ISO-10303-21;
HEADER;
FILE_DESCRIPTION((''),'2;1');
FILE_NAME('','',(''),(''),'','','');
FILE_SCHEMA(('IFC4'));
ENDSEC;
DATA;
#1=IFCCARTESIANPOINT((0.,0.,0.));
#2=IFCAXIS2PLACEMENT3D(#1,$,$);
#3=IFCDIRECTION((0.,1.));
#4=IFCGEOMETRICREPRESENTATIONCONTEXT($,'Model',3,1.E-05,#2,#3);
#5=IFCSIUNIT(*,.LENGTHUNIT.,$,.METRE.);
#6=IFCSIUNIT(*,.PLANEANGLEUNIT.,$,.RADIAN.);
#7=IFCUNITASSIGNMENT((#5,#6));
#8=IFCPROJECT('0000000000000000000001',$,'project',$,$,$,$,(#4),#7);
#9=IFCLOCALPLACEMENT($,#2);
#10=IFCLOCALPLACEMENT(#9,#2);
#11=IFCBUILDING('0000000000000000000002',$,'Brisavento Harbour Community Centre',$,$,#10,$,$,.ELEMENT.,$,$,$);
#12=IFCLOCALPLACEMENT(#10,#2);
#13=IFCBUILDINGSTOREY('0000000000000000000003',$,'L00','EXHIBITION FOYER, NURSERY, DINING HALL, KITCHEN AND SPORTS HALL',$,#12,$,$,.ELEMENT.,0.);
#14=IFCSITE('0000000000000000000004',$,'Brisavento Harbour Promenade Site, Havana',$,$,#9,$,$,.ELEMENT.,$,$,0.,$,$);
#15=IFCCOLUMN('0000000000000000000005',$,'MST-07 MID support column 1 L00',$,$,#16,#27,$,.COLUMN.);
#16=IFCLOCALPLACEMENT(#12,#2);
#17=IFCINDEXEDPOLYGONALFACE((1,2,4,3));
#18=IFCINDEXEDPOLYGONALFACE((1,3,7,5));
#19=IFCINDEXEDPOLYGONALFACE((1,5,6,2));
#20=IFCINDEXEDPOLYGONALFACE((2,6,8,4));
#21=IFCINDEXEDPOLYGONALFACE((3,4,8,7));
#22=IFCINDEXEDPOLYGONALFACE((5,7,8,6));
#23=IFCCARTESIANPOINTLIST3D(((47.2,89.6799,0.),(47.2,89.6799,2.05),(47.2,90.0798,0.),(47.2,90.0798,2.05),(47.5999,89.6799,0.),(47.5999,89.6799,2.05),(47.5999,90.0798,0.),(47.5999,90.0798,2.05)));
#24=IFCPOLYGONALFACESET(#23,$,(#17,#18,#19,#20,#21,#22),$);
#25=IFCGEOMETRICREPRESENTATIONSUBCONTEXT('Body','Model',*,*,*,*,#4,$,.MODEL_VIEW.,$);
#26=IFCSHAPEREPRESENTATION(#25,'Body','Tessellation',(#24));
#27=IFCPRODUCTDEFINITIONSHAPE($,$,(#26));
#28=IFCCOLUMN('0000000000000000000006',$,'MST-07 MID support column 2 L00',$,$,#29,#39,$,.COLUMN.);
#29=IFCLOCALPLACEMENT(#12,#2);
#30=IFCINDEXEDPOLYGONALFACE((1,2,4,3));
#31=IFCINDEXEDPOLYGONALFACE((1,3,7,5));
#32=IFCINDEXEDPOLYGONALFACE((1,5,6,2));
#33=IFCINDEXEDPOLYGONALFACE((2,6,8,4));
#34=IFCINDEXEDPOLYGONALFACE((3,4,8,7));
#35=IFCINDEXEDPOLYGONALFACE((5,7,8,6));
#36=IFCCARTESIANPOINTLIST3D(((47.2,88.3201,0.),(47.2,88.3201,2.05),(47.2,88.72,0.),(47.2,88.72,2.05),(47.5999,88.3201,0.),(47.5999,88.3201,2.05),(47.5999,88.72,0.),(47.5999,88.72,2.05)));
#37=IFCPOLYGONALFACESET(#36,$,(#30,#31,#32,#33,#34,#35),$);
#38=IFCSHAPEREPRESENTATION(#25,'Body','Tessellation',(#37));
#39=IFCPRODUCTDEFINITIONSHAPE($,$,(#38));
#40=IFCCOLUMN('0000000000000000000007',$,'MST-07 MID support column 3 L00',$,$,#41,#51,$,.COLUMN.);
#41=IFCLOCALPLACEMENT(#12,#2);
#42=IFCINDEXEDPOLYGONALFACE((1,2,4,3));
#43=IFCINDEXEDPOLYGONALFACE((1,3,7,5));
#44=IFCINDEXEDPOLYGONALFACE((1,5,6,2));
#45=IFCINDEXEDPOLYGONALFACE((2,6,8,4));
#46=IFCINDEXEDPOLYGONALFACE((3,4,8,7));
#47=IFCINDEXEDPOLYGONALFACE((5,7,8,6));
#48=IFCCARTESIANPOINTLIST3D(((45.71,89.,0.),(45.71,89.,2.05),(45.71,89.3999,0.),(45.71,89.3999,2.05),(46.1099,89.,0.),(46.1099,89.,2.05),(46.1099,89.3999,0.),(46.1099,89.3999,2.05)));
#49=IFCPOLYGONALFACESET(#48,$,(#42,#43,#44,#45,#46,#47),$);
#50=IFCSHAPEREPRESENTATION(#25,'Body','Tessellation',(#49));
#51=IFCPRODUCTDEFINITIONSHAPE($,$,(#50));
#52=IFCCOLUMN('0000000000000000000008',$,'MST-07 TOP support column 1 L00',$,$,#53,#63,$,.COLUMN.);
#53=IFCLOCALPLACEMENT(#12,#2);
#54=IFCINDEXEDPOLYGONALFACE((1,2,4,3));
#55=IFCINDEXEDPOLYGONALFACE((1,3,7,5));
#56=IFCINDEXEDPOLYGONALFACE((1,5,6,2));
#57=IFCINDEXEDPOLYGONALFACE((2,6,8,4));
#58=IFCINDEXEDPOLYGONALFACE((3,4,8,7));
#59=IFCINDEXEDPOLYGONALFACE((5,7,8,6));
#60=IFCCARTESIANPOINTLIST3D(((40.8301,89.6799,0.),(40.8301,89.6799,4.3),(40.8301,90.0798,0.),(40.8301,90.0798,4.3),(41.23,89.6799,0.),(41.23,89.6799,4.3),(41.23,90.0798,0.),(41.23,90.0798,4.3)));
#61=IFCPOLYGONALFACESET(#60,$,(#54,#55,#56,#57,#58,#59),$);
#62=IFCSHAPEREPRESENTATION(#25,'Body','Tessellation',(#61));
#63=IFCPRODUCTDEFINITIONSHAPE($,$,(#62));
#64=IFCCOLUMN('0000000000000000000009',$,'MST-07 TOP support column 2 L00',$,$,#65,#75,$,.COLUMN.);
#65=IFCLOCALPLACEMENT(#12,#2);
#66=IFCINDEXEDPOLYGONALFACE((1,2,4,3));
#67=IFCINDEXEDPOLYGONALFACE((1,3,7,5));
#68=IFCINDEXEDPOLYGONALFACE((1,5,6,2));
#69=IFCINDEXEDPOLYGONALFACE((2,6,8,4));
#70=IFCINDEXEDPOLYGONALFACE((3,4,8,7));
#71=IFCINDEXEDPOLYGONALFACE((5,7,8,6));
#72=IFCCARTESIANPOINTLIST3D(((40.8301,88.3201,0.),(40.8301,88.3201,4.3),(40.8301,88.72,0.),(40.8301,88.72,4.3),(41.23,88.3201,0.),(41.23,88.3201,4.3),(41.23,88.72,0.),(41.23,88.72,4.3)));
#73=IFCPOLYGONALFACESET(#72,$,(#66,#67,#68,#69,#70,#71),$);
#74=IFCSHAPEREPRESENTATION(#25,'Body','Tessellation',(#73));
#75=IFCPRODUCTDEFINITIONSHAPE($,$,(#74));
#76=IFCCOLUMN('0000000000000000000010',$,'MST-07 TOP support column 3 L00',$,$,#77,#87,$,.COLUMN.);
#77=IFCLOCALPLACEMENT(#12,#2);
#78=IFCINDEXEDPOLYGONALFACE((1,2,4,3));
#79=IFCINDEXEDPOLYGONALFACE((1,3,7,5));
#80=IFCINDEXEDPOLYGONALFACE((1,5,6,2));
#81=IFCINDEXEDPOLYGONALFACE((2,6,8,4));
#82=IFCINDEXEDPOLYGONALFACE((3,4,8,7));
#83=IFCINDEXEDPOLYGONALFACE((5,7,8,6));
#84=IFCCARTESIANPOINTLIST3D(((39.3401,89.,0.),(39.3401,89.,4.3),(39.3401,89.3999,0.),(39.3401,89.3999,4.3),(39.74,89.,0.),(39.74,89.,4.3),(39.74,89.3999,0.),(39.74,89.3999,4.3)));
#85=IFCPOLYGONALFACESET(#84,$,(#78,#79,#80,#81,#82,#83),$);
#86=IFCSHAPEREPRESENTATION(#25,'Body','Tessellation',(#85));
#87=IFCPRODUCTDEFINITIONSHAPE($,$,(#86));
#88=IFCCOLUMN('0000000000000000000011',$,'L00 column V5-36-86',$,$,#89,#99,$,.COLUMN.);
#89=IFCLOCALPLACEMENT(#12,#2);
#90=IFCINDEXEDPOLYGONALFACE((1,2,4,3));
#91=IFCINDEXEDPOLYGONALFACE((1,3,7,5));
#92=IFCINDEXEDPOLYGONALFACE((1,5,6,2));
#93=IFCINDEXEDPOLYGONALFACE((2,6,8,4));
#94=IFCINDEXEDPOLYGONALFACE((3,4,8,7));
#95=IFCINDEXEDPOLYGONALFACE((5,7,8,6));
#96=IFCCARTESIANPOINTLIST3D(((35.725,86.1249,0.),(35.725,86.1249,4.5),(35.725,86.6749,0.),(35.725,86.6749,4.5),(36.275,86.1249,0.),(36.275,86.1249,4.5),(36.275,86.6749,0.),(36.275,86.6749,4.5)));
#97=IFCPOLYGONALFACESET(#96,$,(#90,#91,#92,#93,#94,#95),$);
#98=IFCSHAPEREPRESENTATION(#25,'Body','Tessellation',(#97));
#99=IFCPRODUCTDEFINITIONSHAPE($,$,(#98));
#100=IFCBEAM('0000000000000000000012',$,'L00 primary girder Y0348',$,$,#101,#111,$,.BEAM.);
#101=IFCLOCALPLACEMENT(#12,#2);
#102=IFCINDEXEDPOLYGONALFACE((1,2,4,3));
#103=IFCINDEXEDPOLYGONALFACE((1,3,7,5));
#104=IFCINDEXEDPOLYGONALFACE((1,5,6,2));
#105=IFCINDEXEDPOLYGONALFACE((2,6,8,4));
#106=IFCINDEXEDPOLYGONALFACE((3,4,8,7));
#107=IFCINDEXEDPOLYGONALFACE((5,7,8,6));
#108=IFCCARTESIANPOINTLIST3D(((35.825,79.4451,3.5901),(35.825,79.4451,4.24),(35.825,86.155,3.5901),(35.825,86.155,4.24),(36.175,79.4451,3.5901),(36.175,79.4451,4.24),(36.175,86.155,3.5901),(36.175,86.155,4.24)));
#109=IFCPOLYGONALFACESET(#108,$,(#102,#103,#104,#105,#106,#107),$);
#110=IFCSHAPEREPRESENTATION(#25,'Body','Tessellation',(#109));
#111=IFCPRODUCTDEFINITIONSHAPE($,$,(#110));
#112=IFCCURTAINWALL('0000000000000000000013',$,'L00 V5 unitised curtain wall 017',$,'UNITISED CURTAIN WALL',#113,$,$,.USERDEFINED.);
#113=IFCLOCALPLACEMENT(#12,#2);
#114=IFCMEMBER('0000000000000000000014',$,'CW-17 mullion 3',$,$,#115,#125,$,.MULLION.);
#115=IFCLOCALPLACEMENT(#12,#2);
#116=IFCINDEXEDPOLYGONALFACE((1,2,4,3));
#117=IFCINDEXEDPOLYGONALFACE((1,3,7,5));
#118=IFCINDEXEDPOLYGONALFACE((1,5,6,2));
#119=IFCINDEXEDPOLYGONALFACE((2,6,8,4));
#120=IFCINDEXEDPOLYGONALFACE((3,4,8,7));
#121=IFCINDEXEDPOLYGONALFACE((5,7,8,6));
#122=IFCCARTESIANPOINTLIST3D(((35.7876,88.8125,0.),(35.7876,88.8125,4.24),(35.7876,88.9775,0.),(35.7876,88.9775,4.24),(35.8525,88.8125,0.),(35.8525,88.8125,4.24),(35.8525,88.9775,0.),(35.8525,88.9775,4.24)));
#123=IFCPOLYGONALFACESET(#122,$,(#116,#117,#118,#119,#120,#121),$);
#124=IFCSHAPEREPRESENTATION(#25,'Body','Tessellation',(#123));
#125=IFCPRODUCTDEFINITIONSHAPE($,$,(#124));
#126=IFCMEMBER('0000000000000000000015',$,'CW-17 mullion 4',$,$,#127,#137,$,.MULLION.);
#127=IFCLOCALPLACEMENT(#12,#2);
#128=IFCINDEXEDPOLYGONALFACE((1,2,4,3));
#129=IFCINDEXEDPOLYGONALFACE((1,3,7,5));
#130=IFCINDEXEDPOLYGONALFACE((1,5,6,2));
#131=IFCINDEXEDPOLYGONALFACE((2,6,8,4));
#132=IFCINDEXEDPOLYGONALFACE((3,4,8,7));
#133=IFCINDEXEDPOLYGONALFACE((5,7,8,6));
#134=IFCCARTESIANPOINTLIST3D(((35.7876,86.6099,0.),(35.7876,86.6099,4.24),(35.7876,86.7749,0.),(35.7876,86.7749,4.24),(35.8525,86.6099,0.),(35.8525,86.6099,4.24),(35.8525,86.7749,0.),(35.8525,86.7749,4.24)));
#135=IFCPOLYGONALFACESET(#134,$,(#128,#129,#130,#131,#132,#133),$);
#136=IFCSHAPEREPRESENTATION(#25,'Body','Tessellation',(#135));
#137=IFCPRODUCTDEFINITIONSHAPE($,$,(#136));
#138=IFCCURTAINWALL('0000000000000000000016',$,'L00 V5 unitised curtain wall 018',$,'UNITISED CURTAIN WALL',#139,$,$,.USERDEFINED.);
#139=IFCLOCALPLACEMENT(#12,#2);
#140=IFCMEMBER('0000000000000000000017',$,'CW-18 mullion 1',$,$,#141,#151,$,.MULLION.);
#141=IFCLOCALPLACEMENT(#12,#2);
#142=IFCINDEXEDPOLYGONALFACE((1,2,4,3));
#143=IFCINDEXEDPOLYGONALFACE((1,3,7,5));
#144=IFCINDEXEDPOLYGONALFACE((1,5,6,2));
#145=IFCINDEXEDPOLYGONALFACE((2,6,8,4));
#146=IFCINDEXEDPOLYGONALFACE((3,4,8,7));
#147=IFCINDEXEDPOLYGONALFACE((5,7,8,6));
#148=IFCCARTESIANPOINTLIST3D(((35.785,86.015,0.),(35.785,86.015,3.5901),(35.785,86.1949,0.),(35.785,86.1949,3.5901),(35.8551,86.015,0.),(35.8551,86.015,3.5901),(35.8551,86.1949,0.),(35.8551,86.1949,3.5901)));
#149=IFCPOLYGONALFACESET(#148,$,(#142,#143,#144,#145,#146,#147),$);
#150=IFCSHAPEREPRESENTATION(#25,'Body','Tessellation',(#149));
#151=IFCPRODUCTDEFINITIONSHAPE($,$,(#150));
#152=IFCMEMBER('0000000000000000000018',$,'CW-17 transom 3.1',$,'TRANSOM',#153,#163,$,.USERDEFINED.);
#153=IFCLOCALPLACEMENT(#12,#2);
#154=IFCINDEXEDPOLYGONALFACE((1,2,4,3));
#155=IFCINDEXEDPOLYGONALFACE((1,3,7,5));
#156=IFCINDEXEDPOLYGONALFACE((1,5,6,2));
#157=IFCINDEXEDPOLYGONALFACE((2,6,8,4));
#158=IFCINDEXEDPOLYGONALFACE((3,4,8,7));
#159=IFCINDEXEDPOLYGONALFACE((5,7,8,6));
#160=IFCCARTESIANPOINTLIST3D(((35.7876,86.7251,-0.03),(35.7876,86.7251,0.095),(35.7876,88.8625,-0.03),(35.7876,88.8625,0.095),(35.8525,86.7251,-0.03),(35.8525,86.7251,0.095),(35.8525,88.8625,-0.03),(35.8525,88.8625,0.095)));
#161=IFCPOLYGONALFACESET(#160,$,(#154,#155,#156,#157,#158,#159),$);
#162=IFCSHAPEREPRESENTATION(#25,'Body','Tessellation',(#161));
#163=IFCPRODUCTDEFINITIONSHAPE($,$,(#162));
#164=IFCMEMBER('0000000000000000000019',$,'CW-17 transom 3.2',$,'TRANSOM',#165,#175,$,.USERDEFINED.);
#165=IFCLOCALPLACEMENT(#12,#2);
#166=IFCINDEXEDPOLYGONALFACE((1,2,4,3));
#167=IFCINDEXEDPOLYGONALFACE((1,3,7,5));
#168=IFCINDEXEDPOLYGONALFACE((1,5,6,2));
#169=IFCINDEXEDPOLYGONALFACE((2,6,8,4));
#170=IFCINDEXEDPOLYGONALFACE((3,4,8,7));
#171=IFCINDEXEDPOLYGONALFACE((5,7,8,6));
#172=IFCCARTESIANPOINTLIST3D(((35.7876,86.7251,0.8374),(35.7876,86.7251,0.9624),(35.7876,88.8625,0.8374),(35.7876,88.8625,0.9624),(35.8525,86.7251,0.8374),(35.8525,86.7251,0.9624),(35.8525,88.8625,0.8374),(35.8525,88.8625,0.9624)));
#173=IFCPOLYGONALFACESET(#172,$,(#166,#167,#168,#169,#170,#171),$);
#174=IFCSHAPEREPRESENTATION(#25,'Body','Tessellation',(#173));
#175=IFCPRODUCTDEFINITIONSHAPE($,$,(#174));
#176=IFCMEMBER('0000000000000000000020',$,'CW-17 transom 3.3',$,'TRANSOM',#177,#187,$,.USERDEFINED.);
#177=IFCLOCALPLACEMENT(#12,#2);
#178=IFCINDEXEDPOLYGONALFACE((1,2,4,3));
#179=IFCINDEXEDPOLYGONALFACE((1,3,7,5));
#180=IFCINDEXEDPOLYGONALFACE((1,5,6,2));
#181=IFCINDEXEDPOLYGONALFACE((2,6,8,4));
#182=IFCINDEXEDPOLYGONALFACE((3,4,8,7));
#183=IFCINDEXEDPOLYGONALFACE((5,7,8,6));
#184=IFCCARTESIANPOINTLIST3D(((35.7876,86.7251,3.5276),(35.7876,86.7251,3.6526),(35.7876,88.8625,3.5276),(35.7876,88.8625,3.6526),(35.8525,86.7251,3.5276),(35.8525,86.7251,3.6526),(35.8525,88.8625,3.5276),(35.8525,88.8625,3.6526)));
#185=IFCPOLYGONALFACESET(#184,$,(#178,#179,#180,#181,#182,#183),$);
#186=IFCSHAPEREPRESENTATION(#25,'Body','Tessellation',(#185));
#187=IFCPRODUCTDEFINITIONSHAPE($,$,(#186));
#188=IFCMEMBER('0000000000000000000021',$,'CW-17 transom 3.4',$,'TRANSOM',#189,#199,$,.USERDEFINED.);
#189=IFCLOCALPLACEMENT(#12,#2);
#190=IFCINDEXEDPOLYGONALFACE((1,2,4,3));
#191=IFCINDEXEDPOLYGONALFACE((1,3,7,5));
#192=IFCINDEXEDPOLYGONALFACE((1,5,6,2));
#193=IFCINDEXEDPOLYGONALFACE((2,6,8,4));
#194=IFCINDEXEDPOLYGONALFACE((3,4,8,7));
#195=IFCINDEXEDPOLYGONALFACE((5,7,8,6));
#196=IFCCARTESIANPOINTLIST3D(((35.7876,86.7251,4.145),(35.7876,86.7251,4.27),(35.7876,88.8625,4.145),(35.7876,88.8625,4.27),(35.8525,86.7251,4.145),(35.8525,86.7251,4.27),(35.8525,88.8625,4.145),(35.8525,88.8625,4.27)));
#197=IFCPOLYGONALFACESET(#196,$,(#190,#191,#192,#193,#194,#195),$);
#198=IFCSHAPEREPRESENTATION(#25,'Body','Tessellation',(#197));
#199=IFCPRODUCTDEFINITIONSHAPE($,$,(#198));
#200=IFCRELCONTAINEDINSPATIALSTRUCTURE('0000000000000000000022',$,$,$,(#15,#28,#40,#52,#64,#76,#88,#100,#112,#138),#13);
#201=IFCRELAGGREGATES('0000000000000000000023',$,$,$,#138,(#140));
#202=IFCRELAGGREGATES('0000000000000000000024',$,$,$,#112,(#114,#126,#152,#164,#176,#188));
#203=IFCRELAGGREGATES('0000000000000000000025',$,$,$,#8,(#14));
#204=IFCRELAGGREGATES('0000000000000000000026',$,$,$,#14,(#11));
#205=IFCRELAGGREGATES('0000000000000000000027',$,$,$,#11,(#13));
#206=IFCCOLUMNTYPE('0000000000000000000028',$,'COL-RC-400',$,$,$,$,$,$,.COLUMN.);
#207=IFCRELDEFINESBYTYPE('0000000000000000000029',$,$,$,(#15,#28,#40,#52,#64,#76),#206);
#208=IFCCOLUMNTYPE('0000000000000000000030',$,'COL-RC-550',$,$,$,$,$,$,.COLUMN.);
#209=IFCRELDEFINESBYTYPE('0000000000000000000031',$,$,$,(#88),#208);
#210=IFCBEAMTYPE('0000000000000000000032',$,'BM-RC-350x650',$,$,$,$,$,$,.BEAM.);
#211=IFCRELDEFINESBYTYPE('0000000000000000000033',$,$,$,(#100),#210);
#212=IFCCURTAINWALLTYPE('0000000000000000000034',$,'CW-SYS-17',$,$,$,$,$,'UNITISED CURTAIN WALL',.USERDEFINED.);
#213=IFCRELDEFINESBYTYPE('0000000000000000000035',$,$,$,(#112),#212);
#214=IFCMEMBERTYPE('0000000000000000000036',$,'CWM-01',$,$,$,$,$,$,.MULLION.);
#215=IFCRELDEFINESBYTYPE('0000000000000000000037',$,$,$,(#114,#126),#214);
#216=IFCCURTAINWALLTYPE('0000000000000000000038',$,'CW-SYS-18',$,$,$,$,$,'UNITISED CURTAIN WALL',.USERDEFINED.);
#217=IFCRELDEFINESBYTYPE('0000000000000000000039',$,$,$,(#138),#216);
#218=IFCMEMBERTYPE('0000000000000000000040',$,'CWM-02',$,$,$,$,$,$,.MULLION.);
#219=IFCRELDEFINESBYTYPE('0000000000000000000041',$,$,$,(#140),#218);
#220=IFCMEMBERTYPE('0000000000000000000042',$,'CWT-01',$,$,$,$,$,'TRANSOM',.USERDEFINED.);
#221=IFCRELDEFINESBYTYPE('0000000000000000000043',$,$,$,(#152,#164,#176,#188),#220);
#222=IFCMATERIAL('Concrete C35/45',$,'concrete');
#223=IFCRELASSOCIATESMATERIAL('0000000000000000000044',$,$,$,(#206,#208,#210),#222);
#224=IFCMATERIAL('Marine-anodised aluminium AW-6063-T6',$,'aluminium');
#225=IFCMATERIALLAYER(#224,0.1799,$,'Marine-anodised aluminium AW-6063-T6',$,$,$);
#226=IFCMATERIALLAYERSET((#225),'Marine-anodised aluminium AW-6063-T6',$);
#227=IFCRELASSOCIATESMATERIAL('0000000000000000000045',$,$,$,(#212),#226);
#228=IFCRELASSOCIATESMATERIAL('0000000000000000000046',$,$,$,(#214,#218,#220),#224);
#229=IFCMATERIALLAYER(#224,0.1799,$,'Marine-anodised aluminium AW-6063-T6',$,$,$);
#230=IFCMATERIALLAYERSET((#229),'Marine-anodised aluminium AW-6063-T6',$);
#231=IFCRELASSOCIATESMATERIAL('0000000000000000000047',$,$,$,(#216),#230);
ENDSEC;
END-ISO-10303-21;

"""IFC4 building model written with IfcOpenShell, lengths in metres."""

from ifc_helpers import new_model, si_unit, direction, frame, origin, origin_2d, place, context, subcontext, project, spatial, rectangle, extrude, material, layer, layer_set, material_profile, profile_set, type_object, element, aggregate, save


model = new_model("IFC4")

# Units and contexts
model_context = context("Model", 3, precision=1e-05, world=origin(), true_north=direction((0.0, 1.0)))
body_context = subcontext(model_context, "Body", "Model", "MODEL_VIEW")
ifc_project = project(units=[si_unit("LENGTHUNIT", "METRE"), si_unit("PLANEANGLEUNIT", "RADIAN")], contexts=[model_context])

# Site, building, storey
site_placement = place(None, origin())
site = spatial("IfcSite", under=ifc_project, at=site_placement, Name="Brisavento Harbour Promenade Site, Havana", CompositionType="ELEMENT", RefElevation=0.0)
building_placement = place(site_placement, origin())
building = spatial("IfcBuilding", under=site, at=building_placement, Name="Brisavento Harbour Community Centre", CompositionType="ELEMENT")
storey_placement = place(building_placement, origin())
storey = spatial("IfcBuildingStorey", under=building, at=storey_placement, Name="L00", Description="EXHIBITION FOYER, NURSERY, DINING HALL, KITCHEN AND SPORTS HALL", CompositionType="ELEMENT", Elevation=0.0)

# Columns
ifc_material_1 = material(Name="Concrete C35/45", Category="concrete")
ifc_material_profile_1 = material_profile(ifc_material_1, rectangle(XDim=0.3999, YDim=0.3999, at=origin_2d()), Name="Concrete C35/45")
ifc_profile_set_1 = profile_set([ifc_material_profile_1], Name="Concrete C35/45")
column_type_1 = type_object("IfcColumnType", Name="COL-RC-400", PredefinedType="COLUMN", material=ifc_profile_set_1)
for number, where, z_axis, x_axis, name in (
    (1, (47.3999, 89.8799, 0.0), (0.0, 0.0, 1.0), (1.0, 0.0, 0.0), "MST-07 MID support column 1 L00"),
    (2, (47.3999, 88.52, 0.0), (0.0, 0.0, 1.0), (1.0, 0.0, 0.0), "MST-07 MID support column 2 L00"),
    (3, (45.9099, 89.2, 0.0), (0.0, 0.0, 1.0), (1.0, 0.0, 0.0), "MST-07 MID support column 3 L00"),
):
    element("IfcColumn", number, at=place(storey_placement, frame(where, z_axis=z_axis, x_axis=x_axis)), inside=storey, type_object=column_type_1, Name=name, PredefinedType="COLUMN", context=body_context, shape_type="SweptSolid", body=[
        extrude(rectangle(XDim=0.3999, YDim=0.3999, at=origin_2d()), origin(), (0.0, 0.0, 1.0), 2.05),
    ])
for number, where, z_axis, x_axis, name in (
    (4, (41.03, 89.8799, 0.0), (0.0, 0.0, 1.0), (1.0, 0.0, 0.0), "MST-07 TOP support column 1 L00"),
    (5, (41.03, 88.52, 0.0), (0.0, 0.0, 1.0), (1.0, 0.0, 0.0), "MST-07 TOP support column 2 L00"),
    (6, (39.54, 89.2, 0.0), (0.0, 0.0, 1.0), (1.0, 0.0, 0.0), "MST-07 TOP support column 3 L00"),
):
    element("IfcColumn", number, at=place(storey_placement, frame(where, z_axis=z_axis, x_axis=x_axis)), inside=storey, type_object=column_type_1, Name=name, PredefinedType="COLUMN", context=body_context, shape_type="SweptSolid", body=[
        extrude(rectangle(XDim=0.3999, YDim=0.3999, at=origin_2d()), origin(), (0.0, 0.0, 1.0), 4.3),
    ])
ifc_material_profile_2 = material_profile(ifc_material_1, rectangle(XDim=0.55, YDim=0.55, at=origin_2d()), Name="Concrete C35/45")
ifc_profile_set_2 = profile_set([ifc_material_profile_2], Name="Concrete C35/45")
column_type_2 = type_object("IfcColumnType", Name="COL-RC-550", PredefinedType="COLUMN", material=ifc_profile_set_2)
column_placement = place(storey_placement, frame((36.0, 86.3999, 0.0), z_axis=(0.0, 0.0, 1.0), x_axis=(1.0, 0.0, 0.0)))
element("IfcColumn", 7, at=column_placement, inside=storey, type_object=column_type_2, Name="L00 column V5-36-86", PredefinedType="COLUMN", context=body_context, shape_type="SweptSolid", body=[
    extrude(rectangle(XDim=0.55, YDim=0.55, at=origin_2d()), origin(), (0.0, 0.0, 1.0), 4.5),
])

# Beam
ifc_material_profile_3 = material_profile(ifc_material_1, rectangle(XDim=0.3501, YDim=0.6499, at=origin_2d()), Name="Concrete C35/45")
ifc_profile_set_3 = profile_set([ifc_material_profile_3], Name="Concrete C35/45")
beam_type = type_object("IfcBeamType", Name="BM-RC-350x650", PredefinedType="BEAM", material=ifc_profile_set_3)
beam_placement = place(storey_placement, frame((36.0, 79.4451, 3.915), z_axis=(0.0, 1.0, 0.0), x_axis=(-1.0, 0.0, 0.0)))
element("IfcBeam", 8, at=beam_placement, inside=storey, type_object=beam_type, Name="L00 primary girder Y0348", PredefinedType="BEAM", context=body_context, shape_type="SweptSolid", body=[
    extrude(rectangle(XDim=0.3501, YDim=0.6499, at=origin_2d()), origin(), (0.0, 0.0, 1.0), 6.71),
])

# Curtain wall, members
ifc_material_2 = material(Name="Marine-anodised aluminium AW-6063-T6", Category="aluminium")
ifc_layer_1 = layer(ifc_material_2, 0.1799, Name="Marine-anodised aluminium AW-6063-T6")
ifc_layer_set_1 = layer_set([ifc_layer_1], Name="Marine-anodised aluminium AW-6063-T6")
curtain_wall_type_1 = type_object("IfcCurtainWallType", Name="CW-SYS-17", ElementType="UNITISED CURTAIN WALL", PredefinedType="USERDEFINED", material=ifc_layer_set_1)
curtain_wall_1_placement = place(storey_placement, origin())
curtain_wall_1 = element("IfcCurtainWall", 9, at=curtain_wall_1_placement, inside=storey, type_object=curtain_wall_type_1, Name="L00 V5 unitised curtain wall 017", ObjectType="UNITISED CURTAIN WALL", PredefinedType="USERDEFINED")
ifc_material_profile_4 = material_profile(ifc_material_2, rectangle(XDim=0.0649, YDim=0.165, at=origin_2d()), Name="Marine-anodised aluminium AW-6063-T6")
ifc_profile_set_4 = profile_set([ifc_material_profile_4], Name="Marine-anodised aluminium AW-6063-T6")
member_type_1 = type_object("IfcMemberType", Name="CWM-01", PredefinedType="MULLION", material=ifc_profile_set_4)
member_1_placement = place(storey_placement, frame((35.8201, 88.895, 0.0), z_axis=(0.0, 0.0, 1.0), x_axis=(1.0, 0.0, 0.0)))
member_1 = element("IfcMember", 10, at=member_1_placement, type_object=member_type_1, Name="CW-17 mullion 3", PredefinedType="MULLION", context=body_context, shape_type="SweptSolid", body=[
    extrude(rectangle(XDim=0.0649, YDim=0.165, at=origin_2d()), origin(), (0.0, 0.0, 1.0), 4.24),
])
member_2_placement = place(storey_placement, frame((35.8201, 86.6924, 0.0), z_axis=(0.0, 0.0, 1.0), x_axis=(1.0, 0.0, 0.0)))
member_2 = element("IfcMember", 11, at=member_2_placement, type_object=member_type_1, Name="CW-17 mullion 4", PredefinedType="MULLION", context=body_context, shape_type="SweptSolid", body=[
    extrude(rectangle(XDim=0.0649, YDim=0.165, at=origin_2d()), origin(), (0.0, 0.0, 1.0), 4.24),
])

# Curtain wall, member
ifc_layer_2 = layer(ifc_material_2, 0.1799, Name="Marine-anodised aluminium AW-6063-T6")
ifc_layer_set_2 = layer_set([ifc_layer_2], Name="Marine-anodised aluminium AW-6063-T6")
curtain_wall_type_2 = type_object("IfcCurtainWallType", Name="CW-SYS-18", ElementType="UNITISED CURTAIN WALL", PredefinedType="USERDEFINED", material=ifc_layer_set_2)
curtain_wall_2_placement = place(storey_placement, origin())
curtain_wall_2 = element("IfcCurtainWall", 12, at=curtain_wall_2_placement, inside=storey, type_object=curtain_wall_type_2, Name="L00 V5 unitised curtain wall 018", ObjectType="UNITISED CURTAIN WALL", PredefinedType="USERDEFINED")
ifc_material_profile_5 = material_profile(ifc_material_2, rectangle(XDim=0.0701, YDim=0.1799, at=origin_2d()), Name="Marine-anodised aluminium AW-6063-T6")
ifc_profile_set_5 = profile_set([ifc_material_profile_5], Name="Marine-anodised aluminium AW-6063-T6")
member_type_2 = type_object("IfcMemberType", Name="CWM-02", PredefinedType="MULLION", material=ifc_profile_set_5)
member_3_placement = place(storey_placement, frame((35.8201, 86.105, 0.0), z_axis=(0.0, 0.0, 1.0), x_axis=(1.0, 0.0, 0.0)))
member_3 = element("IfcMember", 13, at=member_3_placement, type_object=member_type_2, Name="CW-18 mullion 1", PredefinedType="MULLION", context=body_context, shape_type="SweptSolid", body=[
    extrude(rectangle(XDim=0.0701, YDim=0.1799, at=origin_2d()), origin(), (0.0, 0.0, 1.0), 3.5901),
])
aggregate(curtain_wall_2, [member_3])

# Members
ifc_material_profile_6 = material_profile(ifc_material_2, rectangle(XDim=0.0649, YDim=0.125, at=origin_2d()), Name="Marine-anodised aluminium AW-6063-T6")
ifc_profile_set_6 = profile_set([ifc_material_profile_6], Name="Marine-anodised aluminium AW-6063-T6")
member_type_3 = type_object("IfcMemberType", Name="CWT-01", ElementType="TRANSOM", PredefinedType="USERDEFINED", material=ifc_profile_set_6)
member_4_placement = place(storey_placement, frame((35.8201, 88.8625, 0.0325), z_axis=(0.0, -1.0, 0.0), x_axis=(1.0, 0.0, 0.0)))
member_4 = element("IfcMember", 14, at=member_4_placement, type_object=member_type_3, Name="CW-17 transom 3.1", ObjectType="TRANSOM", PredefinedType="USERDEFINED", context=body_context, shape_type="SweptSolid", body=[
    extrude(rectangle(XDim=0.0649, YDim=0.125, at=origin_2d()), origin(), (0.0, 0.0, 1.0), 2.1375),
])
member_5_placement = place(storey_placement, frame((35.8201, 88.8625, 0.8999), z_axis=(0.0, -1.0, 0.0), x_axis=(1.0, 0.0, 0.0)))
member_5 = element("IfcMember", 15, at=member_5_placement, type_object=member_type_3, Name="CW-17 transom 3.2", ObjectType="TRANSOM", PredefinedType="USERDEFINED", context=body_context, shape_type="SweptSolid", body=[
    extrude(rectangle(XDim=0.0649, YDim=0.125, at=origin_2d()), origin(), (0.0, 0.0, 1.0), 2.1375),
])
member_6_placement = place(storey_placement, frame((35.8201, 88.8625, 3.5901), z_axis=(0.0, -1.0, 0.0), x_axis=(1.0, 0.0, 0.0)))
member_6 = element("IfcMember", 16, at=member_6_placement, type_object=member_type_3, Name="CW-17 transom 3.3", ObjectType="TRANSOM", PredefinedType="USERDEFINED", context=body_context, shape_type="SweptSolid", body=[
    extrude(rectangle(XDim=0.0649, YDim=0.125, at=origin_2d()), origin(), (0.0, 0.0, 1.0), 2.1375),
])
member_7_placement = place(storey_placement, frame((35.8201, 88.8625, 4.2075), z_axis=(0.0, -1.0, 0.0), x_axis=(1.0, 0.0, 0.0)))
member_7 = element("IfcMember", 17, at=member_7_placement, type_object=member_type_3, Name="CW-17 transom 3.4", ObjectType="TRANSOM", PredefinedType="USERDEFINED", context=body_context, shape_type="SweptSolid", body=[
    extrude(rectangle(XDim=0.0649, YDim=0.125, at=origin_2d()), origin(), (0.0, 0.0, 1.0), 2.1375),
])

aggregate(curtain_wall_1, [member_1, member_2, member_4, member_5, member_6, member_7])

save(model, "model.ifc")
